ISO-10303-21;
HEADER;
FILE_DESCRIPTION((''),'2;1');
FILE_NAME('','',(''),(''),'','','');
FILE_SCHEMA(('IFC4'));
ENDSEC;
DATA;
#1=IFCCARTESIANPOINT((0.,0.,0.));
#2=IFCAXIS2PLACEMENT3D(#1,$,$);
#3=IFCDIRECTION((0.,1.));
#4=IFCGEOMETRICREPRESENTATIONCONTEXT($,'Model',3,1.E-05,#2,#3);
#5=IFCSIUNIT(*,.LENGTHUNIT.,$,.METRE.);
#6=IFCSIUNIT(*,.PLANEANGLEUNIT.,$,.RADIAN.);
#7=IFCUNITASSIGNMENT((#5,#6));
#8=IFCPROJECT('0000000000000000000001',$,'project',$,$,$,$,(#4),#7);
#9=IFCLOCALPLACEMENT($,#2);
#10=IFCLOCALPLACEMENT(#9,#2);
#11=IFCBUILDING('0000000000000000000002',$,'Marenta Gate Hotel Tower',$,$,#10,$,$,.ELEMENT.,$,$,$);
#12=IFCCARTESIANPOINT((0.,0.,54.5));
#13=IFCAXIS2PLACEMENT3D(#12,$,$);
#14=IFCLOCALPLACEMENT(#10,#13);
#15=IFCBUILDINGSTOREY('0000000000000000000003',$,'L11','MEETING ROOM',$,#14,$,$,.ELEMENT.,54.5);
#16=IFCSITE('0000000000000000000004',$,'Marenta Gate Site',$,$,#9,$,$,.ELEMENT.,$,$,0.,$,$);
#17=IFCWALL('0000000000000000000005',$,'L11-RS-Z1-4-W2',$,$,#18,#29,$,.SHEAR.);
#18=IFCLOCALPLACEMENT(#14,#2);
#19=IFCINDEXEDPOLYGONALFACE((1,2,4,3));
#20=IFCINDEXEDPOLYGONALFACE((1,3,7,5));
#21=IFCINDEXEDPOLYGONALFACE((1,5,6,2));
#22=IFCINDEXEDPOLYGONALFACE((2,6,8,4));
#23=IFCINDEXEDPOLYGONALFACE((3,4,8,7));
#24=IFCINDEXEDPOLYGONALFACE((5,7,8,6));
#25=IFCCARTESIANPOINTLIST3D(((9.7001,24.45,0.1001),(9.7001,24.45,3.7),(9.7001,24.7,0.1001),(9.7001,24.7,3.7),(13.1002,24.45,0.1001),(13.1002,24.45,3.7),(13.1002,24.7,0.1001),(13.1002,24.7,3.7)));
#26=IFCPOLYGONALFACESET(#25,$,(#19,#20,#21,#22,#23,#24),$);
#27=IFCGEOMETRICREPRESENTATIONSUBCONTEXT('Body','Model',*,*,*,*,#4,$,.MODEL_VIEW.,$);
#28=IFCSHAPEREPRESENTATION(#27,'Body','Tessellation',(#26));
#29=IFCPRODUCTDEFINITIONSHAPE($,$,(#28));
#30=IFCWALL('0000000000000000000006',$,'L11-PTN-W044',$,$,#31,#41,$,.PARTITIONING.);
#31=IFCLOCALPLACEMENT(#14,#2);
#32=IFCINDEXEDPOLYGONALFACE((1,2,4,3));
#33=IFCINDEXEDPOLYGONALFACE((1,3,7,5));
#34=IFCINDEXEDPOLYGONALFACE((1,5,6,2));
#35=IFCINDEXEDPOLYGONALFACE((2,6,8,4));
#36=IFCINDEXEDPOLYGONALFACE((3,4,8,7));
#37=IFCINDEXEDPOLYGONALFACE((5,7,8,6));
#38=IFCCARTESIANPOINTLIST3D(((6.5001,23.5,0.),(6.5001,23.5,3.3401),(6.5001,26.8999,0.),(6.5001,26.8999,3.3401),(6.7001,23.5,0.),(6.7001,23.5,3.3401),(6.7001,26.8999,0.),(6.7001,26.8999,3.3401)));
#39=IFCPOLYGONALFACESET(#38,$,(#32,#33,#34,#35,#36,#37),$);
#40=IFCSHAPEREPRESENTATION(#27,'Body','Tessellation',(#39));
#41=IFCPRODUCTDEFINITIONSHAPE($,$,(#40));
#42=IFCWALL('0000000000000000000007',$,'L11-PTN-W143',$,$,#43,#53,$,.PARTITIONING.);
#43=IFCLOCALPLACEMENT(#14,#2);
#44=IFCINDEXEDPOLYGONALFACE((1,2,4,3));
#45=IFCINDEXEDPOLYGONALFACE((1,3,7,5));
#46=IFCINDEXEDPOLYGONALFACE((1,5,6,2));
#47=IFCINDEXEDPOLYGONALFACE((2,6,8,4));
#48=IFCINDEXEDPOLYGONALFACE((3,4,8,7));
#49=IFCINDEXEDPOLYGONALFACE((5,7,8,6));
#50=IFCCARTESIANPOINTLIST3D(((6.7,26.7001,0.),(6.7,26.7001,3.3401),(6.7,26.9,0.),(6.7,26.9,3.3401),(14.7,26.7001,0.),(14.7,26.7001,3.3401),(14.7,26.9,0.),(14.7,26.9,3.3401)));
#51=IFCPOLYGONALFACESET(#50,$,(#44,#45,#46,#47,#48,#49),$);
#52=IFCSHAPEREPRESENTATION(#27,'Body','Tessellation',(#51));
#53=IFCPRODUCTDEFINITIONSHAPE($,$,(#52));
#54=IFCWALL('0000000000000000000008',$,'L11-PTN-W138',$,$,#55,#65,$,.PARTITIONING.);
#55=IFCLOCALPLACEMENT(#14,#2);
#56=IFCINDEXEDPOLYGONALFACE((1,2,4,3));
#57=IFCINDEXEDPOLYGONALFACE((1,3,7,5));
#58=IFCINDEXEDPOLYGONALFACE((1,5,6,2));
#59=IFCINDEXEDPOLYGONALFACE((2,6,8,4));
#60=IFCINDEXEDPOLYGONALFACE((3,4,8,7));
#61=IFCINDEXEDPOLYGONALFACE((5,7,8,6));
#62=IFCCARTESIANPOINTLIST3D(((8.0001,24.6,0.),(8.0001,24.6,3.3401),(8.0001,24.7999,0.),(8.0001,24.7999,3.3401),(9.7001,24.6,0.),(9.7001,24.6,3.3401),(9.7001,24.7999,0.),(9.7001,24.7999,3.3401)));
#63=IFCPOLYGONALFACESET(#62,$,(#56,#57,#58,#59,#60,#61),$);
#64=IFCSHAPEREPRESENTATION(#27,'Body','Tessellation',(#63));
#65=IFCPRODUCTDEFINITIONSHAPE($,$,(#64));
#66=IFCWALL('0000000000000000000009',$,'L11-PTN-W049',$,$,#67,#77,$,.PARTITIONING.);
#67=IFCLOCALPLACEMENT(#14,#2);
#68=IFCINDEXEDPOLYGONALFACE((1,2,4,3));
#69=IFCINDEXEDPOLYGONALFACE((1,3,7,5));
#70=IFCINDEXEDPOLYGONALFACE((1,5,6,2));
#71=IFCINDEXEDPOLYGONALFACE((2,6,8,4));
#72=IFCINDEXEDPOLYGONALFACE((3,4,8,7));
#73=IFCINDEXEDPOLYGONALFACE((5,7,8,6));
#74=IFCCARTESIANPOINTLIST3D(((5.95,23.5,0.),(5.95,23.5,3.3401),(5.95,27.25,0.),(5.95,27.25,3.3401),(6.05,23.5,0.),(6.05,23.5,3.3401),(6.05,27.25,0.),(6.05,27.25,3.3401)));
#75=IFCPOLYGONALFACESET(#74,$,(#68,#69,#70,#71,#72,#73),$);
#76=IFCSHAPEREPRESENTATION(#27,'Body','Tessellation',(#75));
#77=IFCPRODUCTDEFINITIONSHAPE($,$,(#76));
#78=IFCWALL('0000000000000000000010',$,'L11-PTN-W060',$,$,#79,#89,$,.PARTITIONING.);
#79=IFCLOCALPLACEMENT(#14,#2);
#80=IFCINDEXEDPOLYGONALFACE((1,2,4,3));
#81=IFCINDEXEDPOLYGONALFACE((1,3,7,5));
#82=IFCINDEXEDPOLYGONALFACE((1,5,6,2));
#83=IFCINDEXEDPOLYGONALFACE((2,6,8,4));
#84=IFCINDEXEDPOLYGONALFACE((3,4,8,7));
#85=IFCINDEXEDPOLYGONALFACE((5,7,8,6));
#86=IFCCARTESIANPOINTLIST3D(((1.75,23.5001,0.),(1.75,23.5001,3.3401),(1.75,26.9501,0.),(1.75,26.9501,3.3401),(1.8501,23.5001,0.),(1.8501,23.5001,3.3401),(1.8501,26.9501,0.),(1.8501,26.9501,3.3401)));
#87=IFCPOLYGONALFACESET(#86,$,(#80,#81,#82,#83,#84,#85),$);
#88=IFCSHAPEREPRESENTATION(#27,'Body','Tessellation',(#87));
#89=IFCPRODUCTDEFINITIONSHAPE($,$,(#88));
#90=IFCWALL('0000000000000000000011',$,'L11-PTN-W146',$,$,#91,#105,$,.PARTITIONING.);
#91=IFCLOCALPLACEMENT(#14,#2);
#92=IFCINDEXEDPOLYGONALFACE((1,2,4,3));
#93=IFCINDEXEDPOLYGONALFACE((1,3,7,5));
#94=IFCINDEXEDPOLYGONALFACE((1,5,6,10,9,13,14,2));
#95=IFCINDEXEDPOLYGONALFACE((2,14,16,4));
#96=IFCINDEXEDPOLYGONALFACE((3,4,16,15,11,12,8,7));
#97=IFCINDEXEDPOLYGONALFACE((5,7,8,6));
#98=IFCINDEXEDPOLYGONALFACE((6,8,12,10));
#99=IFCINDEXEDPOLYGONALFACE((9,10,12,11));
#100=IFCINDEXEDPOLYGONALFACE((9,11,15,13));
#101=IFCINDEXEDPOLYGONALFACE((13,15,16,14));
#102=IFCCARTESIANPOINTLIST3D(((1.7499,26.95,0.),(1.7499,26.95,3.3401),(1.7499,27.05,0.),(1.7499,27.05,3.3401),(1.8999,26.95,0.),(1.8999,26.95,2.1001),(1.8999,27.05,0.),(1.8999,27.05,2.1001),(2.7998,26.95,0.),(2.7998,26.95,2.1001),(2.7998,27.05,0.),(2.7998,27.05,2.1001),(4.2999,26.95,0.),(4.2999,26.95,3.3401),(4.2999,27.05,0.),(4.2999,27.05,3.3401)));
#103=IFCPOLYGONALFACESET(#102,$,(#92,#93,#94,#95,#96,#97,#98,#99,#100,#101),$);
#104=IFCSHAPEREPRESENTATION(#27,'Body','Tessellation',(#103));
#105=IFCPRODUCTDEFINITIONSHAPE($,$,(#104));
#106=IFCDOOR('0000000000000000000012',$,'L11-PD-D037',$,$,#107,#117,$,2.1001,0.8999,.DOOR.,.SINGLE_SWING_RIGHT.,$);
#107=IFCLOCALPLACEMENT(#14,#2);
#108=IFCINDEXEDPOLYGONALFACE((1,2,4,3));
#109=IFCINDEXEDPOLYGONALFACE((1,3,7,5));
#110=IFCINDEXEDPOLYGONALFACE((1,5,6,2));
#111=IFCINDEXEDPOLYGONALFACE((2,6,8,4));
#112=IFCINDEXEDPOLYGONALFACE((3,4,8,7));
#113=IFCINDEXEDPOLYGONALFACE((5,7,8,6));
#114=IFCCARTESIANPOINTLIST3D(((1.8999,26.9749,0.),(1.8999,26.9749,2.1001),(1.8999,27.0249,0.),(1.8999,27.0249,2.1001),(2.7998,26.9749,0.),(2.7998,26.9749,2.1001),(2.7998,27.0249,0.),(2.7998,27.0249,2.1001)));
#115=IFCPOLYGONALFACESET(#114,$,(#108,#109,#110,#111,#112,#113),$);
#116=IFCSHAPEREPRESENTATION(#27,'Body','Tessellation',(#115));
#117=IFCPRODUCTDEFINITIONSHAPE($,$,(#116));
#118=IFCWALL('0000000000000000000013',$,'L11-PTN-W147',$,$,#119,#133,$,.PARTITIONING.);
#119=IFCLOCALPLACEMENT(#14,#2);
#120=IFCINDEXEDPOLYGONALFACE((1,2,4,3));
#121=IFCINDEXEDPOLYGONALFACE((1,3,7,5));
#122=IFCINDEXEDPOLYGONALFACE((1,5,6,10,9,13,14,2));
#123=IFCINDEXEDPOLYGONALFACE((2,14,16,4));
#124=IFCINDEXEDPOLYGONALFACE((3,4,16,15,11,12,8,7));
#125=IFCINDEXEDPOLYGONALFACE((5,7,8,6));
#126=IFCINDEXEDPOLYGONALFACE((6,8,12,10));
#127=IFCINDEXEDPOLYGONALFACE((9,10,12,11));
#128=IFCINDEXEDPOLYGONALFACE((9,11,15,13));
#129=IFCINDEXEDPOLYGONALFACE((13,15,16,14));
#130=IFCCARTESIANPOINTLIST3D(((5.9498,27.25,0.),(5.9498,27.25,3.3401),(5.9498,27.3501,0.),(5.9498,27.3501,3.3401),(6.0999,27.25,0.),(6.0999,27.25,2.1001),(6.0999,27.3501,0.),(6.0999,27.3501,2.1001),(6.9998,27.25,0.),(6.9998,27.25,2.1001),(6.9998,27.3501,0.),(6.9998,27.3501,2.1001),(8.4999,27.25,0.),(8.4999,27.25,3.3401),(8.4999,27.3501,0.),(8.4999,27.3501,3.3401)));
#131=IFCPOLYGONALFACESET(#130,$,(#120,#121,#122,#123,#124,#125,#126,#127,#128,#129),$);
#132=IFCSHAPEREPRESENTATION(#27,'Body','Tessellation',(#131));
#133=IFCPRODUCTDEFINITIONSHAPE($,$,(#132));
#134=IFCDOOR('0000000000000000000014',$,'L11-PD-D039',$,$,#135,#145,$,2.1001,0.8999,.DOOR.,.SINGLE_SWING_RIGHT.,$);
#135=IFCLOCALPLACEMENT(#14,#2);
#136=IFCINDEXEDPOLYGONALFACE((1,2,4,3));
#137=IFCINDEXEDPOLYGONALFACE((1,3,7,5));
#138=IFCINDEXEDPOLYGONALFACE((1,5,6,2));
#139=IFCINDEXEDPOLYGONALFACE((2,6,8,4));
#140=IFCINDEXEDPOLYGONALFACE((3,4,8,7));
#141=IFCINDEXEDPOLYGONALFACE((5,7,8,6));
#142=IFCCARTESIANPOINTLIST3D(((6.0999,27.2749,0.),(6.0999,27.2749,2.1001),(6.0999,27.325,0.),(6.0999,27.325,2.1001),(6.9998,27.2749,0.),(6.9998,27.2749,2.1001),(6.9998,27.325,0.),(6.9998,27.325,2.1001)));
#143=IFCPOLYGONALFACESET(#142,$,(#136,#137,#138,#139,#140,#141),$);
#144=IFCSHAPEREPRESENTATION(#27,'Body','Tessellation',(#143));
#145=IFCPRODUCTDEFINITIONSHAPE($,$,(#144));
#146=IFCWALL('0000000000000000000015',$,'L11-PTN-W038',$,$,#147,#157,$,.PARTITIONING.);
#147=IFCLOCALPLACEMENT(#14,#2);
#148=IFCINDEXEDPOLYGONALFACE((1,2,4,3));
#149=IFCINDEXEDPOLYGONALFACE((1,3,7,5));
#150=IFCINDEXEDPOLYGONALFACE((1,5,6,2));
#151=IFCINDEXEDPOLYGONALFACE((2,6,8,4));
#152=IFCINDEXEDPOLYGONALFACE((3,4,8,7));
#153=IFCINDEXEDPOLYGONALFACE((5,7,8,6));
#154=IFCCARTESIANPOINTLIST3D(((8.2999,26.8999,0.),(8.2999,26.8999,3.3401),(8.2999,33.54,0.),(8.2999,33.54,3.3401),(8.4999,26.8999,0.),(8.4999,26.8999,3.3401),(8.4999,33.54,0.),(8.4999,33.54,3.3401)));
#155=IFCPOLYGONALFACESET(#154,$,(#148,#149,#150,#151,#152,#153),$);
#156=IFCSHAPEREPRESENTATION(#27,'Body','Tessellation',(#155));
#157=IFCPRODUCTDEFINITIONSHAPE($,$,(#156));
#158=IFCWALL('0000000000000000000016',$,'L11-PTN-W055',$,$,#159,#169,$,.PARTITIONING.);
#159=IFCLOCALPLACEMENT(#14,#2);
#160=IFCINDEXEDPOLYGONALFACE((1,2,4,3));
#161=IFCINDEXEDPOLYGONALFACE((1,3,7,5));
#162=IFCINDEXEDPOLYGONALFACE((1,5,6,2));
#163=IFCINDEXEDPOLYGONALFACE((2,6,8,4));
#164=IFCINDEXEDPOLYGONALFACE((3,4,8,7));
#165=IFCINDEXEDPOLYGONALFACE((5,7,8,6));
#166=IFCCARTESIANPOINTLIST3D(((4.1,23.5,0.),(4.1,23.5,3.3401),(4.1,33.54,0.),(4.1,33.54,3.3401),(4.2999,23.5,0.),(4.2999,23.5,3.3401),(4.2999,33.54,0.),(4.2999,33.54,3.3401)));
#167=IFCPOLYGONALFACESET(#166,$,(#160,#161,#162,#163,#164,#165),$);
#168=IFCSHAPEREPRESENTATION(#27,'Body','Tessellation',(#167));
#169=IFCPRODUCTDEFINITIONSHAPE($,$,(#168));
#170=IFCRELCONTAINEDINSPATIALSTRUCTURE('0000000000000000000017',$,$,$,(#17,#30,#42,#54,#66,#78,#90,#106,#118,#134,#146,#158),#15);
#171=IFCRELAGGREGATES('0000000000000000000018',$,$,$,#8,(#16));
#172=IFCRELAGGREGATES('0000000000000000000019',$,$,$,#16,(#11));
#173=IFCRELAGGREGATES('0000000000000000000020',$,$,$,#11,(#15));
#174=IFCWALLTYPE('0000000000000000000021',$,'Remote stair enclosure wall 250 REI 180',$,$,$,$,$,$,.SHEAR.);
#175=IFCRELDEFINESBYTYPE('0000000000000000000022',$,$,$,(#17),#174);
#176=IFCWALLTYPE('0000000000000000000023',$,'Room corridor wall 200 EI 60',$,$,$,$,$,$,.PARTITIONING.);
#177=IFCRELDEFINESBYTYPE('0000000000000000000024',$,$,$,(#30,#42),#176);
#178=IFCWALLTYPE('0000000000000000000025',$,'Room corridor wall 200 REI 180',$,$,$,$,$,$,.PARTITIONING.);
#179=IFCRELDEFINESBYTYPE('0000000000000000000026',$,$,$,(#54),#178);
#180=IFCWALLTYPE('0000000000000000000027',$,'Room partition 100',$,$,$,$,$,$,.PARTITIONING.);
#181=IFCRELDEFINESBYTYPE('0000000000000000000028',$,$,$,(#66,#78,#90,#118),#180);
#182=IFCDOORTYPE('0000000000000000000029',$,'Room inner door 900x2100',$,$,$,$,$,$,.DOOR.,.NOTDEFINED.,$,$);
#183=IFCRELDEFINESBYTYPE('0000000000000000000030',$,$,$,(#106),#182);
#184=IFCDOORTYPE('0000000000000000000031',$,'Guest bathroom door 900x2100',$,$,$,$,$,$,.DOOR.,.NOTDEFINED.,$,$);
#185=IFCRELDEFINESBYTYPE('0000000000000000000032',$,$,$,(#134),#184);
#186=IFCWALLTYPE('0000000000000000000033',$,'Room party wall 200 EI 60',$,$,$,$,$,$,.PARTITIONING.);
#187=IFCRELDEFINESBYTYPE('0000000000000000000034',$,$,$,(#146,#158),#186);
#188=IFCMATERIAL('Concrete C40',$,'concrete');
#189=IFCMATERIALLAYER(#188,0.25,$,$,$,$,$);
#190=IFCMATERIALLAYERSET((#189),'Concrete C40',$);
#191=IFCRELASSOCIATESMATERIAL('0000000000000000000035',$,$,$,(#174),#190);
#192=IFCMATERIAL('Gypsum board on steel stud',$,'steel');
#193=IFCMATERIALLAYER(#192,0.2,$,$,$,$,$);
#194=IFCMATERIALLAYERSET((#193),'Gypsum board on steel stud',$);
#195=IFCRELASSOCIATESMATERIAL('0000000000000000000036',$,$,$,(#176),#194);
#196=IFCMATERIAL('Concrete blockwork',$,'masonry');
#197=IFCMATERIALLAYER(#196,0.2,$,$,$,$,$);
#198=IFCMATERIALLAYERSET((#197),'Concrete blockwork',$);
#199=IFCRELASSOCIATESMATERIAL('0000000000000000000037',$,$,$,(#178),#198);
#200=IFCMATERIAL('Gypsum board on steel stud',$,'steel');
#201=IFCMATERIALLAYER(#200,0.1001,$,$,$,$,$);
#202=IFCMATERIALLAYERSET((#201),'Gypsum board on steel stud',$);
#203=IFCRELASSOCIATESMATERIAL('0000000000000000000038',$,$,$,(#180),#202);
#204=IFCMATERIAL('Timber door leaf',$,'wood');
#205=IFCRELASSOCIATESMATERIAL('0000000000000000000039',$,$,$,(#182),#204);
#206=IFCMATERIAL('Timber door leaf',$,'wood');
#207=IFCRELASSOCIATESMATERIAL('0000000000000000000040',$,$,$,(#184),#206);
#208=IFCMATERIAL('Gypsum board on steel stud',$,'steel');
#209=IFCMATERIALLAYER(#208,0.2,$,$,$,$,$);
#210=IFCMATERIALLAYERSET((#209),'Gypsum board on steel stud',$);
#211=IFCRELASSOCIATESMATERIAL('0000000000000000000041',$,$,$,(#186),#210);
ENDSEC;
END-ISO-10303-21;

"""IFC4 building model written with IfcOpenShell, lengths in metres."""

from ifc_helpers import new_model, si_unit, direction, frame, frame_2d, origin, place, context, subcontext, project, spatial, rectangle, extrude, material, layer, layer_set, type_object, element, fill, save


model = new_model("IFC4")

# Units and contexts
model_context = context("Model", 3, precision=1e-05, world=origin(), true_north=direction((0.0, 1.0)))
body_context = subcontext(model_context, "Body", "Model", "MODEL_VIEW")
ifc_project = project(units=[si_unit("LENGTHUNIT", "METRE"), si_unit("PLANEANGLEUNIT", "RADIAN")], contexts=[model_context])

# Site, building, storey
site_placement = place(None, origin())
site = spatial("IfcSite", under=ifc_project, at=site_placement, Name="Marenta Gate Site", CompositionType="ELEMENT", RefElevation=0.0)
building_placement = place(site_placement, origin())
building = spatial("IfcBuilding", under=site, at=building_placement, Name="Marenta Gate Hotel Tower", CompositionType="ELEMENT")
storey_placement = place(building_placement, frame((0.0, 0.0, 54.5)))
storey = spatial("IfcBuildingStorey", under=building, at=storey_placement, Name="L11", Description="MEETING ROOM", CompositionType="ELEMENT", Elevation=54.5)

# Walls
ifc_material_1 = material(Name="Concrete C40", Category="concrete")
ifc_layer_1 = layer(ifc_material_1, 0.25)
ifc_layer_set_1 = layer_set([ifc_layer_1], Name="Concrete C40")
wall_type_1 = type_object("IfcWallType", Name="Remote stair enclosure wall 250 REI 180", PredefinedType="SHEAR", material=ifc_layer_set_1)
wall_1_placement = place(storey_placement, frame((9.7, 24.575, 0.1001), z_axis=(0.0, 0.0, 1.0), x_axis=(1.0, 0.0, 0.0)))
element("IfcWall", 1, at=wall_1_placement, inside=storey, type_object=wall_type_1, Name="L11-RS-Z1-4-W2", PredefinedType="SHEAR", context=body_context, shape_type="SweptSolid", body=[
    extrude(rectangle(XDim=3.4001, YDim=0.25, at=frame_2d((1.7002, 0.0))), origin(), (0.0, 0.0, 1.0), 3.5999),
])
ifc_material_2 = material(Name="Gypsum board on steel stud", Category="steel")
ifc_layer_2 = layer(ifc_material_2, 0.2)
ifc_layer_set_2 = layer_set([ifc_layer_2], Name="Gypsum board on steel stud")
wall_type_2 = type_object("IfcWallType", Name="Room corridor wall 200 EI 60", PredefinedType="PARTITIONING", material=ifc_layer_set_2)
wall_2_placement = place(storey_placement, frame((6.6001, 23.5, 0.0), z_axis=(0.0, 0.0, 1.0), x_axis=(0.0, 1.0, 0.0)))
element("IfcWall", 2, at=wall_2_placement, inside=storey, type_object=wall_type_2, Name="L11-PTN-W044", PredefinedType="PARTITIONING", context=body_context, shape_type="SweptSolid", body=[
    extrude(rectangle(XDim=3.3999, YDim=0.2, at=frame_2d((1.7, 0.0))), origin(), (0.0, 0.0, 1.0), 3.3401),
])
wall_3_placement = place(storey_placement, frame((6.7, 26.8, 0.0), z_axis=(0.0, 0.0, 1.0), x_axis=(1.0, 0.0, 0.0)))
element("IfcWall", 3, at=wall_3_placement, inside=storey, type_object=wall_type_2, Name="L11-PTN-W143", PredefinedType="PARTITIONING", context=body_context, shape_type="SweptSolid", body=[
    extrude(rectangle(XDim=8.0, YDim=0.2, at=frame_2d((4.0, 0.0))), origin(), (0.0, 0.0, 1.0), 3.3401),
])

# Shared definitions
ifc_material_3 = material(Name="Concrete blockwork", Category="masonry")
ifc_layer_3 = layer(ifc_material_3, 0.2)
ifc_layer_set_3 = layer_set([ifc_layer_3], Name="Concrete blockwork")
wall_type_3 = type_object("IfcWallType", Name="Room corridor wall 200 REI 180", PredefinedType="PARTITIONING", material=ifc_layer_set_3)

# Walls
wall_4_placement = place(storey_placement, frame((8.0, 24.7, 0.0), z_axis=(0.0, 0.0, 1.0), x_axis=(1.0, 0.0, 0.0)))
element("IfcWall", 4, at=wall_4_placement, inside=storey, type_object=wall_type_3, Name="L11-PTN-W138", PredefinedType="PARTITIONING", context=body_context, shape_type="SweptSolid", body=[
    extrude(rectangle(XDim=1.7, YDim=0.2, at=frame_2d((0.8501, 0.0))), origin(), (0.0, 0.0, 1.0), 3.3401),
])
ifc_material_4 = material(Name="Gypsum board on steel stud", Category="steel")
ifc_layer_4 = layer(ifc_material_4, 0.1001)
ifc_layer_set_4 = layer_set([ifc_layer_4], Name="Gypsum board on steel stud")
wall_type_4 = type_object("IfcWallType", Name="Room partition 100", PredefinedType="PARTITIONING", material=ifc_layer_set_4)
wall_5_placement = place(storey_placement, frame((6.0, 23.5, 0.0), z_axis=(0.0, 0.0, 1.0), x_axis=(0.0, 1.0, 0.0)))
element("IfcWall", 5, at=wall_5_placement, inside=storey, type_object=wall_type_4, Name="L11-PTN-W049", PredefinedType="PARTITIONING", context=body_context, shape_type="SweptSolid", body=[
    extrude(rectangle(XDim=3.75, YDim=0.1001, at=frame_2d((1.875, 0.0))), origin(), (0.0, 0.0, 1.0), 3.3401),
])
wall_6_placement = place(storey_placement, frame((1.8, 23.5, 0.0), z_axis=(0.0, 0.0, 1.0), x_axis=(0.0, 1.0, 0.0)))
element("IfcWall", 6, at=wall_6_placement, inside=storey, type_object=wall_type_4, Name="L11-PTN-W060", PredefinedType="PARTITIONING", context=body_context, shape_type="SweptSolid", body=[
    extrude(rectangle(XDim=3.45, YDim=0.1001, at=frame_2d((1.7251, 0.0))), origin(), (0.0, 0.0, 1.0), 3.3401),
])

# Walls, openings, doors
wall_7_placement = place(storey_placement, frame((1.75, 27.0, 0.0), z_axis=(0.0, 0.0, 1.0), x_axis=(1.0, 0.0, 0.0)))
wall_7 = element("IfcWall", 7, at=wall_7_placement, inside=storey, type_object=wall_type_4, Name="L11-PTN-W146", PredefinedType="PARTITIONING", context=body_context, shape_type="SweptSolid", body=[
    extrude(rectangle(XDim=2.55, YDim=0.1001, at=frame_2d((1.2749, 0.0))), origin(), (0.0, 0.0, 1.0), 3.3401),
])
opening_1_placement = place(wall_7_placement, frame((0.1499, 0.0, 0.0)))
opening_1 = element("IfcOpeningElement", 8, at=opening_1_placement, cuts=wall_7, PredefinedType="OPENING", context=body_context, shape_type="SweptSolid", body=[
    extrude(rectangle(XDim=0.8999, YDim=2.1001, at=frame_2d((0.45, 1.05))), frame((0.0, 0.05, 0.0), z_axis=(0.0, -1.0, 0.0), x_axis=(1.0, 0.0, 0.0)), (0.0, 0.0, 1.0), 0.1001),
])
ifc_material_5 = material(Name="Timber door leaf", Category="wood")
door_type_1 = type_object("IfcDoorType", Name="Room inner door 900x2100", OperationType="NOTDEFINED", PredefinedType="DOOR", material=ifc_material_5)
door_1_placement = place(opening_1_placement, origin())
door_1 = element("IfcDoor", 9, at=door_1_placement, inside=storey, type_object=door_type_1, Name="L11-PD-D037", OperationType="SINGLE_SWING_RIGHT", OverallHeight=2.1001, OverallWidth=0.8999, PredefinedType="DOOR", context=body_context, shape_type="SweptSolid", body=[
    extrude(rectangle(XDim=0.8999, YDim=2.1001, at=frame_2d((0.45, 1.05))), frame((0.0, 0.0249, 0.0), z_axis=(0.0, -1.0, 0.0), x_axis=(1.0, 0.0, 0.0)), (0.0, 0.0, 1.0), 0.05),
])
fill(opening_1, door_1)
wall_8_placement = place(storey_placement, frame((5.95, 27.3, 0.0), z_axis=(0.0, 0.0, 1.0), x_axis=(1.0, 0.0, 0.0)))
wall_8 = element("IfcWall", 10, at=wall_8_placement, inside=storey, type_object=wall_type_4, Name="L11-PTN-W147", PredefinedType="PARTITIONING", context=body_context, shape_type="SweptSolid", body=[
    extrude(rectangle(XDim=2.55, YDim=0.1001, at=frame_2d((1.2749, 0.0))), origin(), (0.0, 0.0, 1.0), 3.3401),
])
opening_2_placement = place(wall_8_placement, frame((0.1499, 0.0, 0.0)))
opening_2 = element("IfcOpeningElement", 11, at=opening_2_placement, cuts=wall_8, PredefinedType="OPENING", context=body_context, shape_type="SweptSolid", body=[
    extrude(rectangle(XDim=0.8999, YDim=2.1001, at=frame_2d((0.45, 1.05))), frame((0.0, 0.05, 0.0), z_axis=(0.0, -1.0, 0.0), x_axis=(1.0, 0.0, 0.0)), (0.0, 0.0, 1.0), 0.1001),
])
ifc_material_6 = material(Name="Timber door leaf", Category="wood")
door_type_2 = type_object("IfcDoorType", Name="Guest bathroom door 900x2100", OperationType="NOTDEFINED", PredefinedType="DOOR", material=ifc_material_6)
door_2_placement = place(opening_2_placement, origin())
door_2 = element("IfcDoor", 12, at=door_2_placement, inside=storey, type_object=door_type_2, Name="L11-PD-D039", OperationType="SINGLE_SWING_RIGHT", OverallHeight=2.1001, OverallWidth=0.8999, PredefinedType="DOOR", context=body_context, shape_type="SweptSolid", body=[
    extrude(rectangle(XDim=0.8999, YDim=2.1001, at=frame_2d((0.45, 1.05))), frame((0.0, 0.0249, 0.0), z_axis=(0.0, -1.0, 0.0), x_axis=(1.0, 0.0, 0.0)), (0.0, 0.0, 1.0), 0.05),
])
fill(opening_2, door_2)

# Walls
ifc_material_7 = material(Name="Gypsum board on steel stud", Category="steel")
ifc_layer_5 = layer(ifc_material_7, 0.2)
ifc_layer_set_5 = layer_set([ifc_layer_5], Name="Gypsum board on steel stud")
wall_type_5 = type_object("IfcWallType", Name="Room party wall 200 EI 60", PredefinedType="PARTITIONING", material=ifc_layer_set_5)
wall_9_placement = place(storey_placement, frame((8.3999, 26.8999, 0.0), z_axis=(0.0, 0.0, 1.0), x_axis=(0.0, 1.0, 0.0)))
element("IfcWall", 13, at=wall_9_placement, inside=storey, type_object=wall_type_5, Name="L11-PTN-W038", PredefinedType="PARTITIONING", context=body_context, shape_type="SweptSolid", body=[
    extrude(rectangle(XDim=6.6401, YDim=0.2, at=frame_2d((3.3201, 0.0))), origin(), (0.0, 0.0, 1.0), 3.3401),
])
wall_10_placement = place(storey_placement, frame((4.2, 23.5, 0.0), z_axis=(0.0, 0.0, 1.0), x_axis=(0.0, 1.0, 0.0)))
element("IfcWall", 14, at=wall_10_placement, inside=storey, type_object=wall_type_5, Name="L11-PTN-W055", PredefinedType="PARTITIONING", context=body_context, shape_type="SweptSolid", body=[
    extrude(rectangle(XDim=10.04, YDim=0.2, at=frame_2d((5.02, 0.0))), origin(), (0.0, 0.0, 1.0), 3.3401),
])

save(model, "model.ifc")
